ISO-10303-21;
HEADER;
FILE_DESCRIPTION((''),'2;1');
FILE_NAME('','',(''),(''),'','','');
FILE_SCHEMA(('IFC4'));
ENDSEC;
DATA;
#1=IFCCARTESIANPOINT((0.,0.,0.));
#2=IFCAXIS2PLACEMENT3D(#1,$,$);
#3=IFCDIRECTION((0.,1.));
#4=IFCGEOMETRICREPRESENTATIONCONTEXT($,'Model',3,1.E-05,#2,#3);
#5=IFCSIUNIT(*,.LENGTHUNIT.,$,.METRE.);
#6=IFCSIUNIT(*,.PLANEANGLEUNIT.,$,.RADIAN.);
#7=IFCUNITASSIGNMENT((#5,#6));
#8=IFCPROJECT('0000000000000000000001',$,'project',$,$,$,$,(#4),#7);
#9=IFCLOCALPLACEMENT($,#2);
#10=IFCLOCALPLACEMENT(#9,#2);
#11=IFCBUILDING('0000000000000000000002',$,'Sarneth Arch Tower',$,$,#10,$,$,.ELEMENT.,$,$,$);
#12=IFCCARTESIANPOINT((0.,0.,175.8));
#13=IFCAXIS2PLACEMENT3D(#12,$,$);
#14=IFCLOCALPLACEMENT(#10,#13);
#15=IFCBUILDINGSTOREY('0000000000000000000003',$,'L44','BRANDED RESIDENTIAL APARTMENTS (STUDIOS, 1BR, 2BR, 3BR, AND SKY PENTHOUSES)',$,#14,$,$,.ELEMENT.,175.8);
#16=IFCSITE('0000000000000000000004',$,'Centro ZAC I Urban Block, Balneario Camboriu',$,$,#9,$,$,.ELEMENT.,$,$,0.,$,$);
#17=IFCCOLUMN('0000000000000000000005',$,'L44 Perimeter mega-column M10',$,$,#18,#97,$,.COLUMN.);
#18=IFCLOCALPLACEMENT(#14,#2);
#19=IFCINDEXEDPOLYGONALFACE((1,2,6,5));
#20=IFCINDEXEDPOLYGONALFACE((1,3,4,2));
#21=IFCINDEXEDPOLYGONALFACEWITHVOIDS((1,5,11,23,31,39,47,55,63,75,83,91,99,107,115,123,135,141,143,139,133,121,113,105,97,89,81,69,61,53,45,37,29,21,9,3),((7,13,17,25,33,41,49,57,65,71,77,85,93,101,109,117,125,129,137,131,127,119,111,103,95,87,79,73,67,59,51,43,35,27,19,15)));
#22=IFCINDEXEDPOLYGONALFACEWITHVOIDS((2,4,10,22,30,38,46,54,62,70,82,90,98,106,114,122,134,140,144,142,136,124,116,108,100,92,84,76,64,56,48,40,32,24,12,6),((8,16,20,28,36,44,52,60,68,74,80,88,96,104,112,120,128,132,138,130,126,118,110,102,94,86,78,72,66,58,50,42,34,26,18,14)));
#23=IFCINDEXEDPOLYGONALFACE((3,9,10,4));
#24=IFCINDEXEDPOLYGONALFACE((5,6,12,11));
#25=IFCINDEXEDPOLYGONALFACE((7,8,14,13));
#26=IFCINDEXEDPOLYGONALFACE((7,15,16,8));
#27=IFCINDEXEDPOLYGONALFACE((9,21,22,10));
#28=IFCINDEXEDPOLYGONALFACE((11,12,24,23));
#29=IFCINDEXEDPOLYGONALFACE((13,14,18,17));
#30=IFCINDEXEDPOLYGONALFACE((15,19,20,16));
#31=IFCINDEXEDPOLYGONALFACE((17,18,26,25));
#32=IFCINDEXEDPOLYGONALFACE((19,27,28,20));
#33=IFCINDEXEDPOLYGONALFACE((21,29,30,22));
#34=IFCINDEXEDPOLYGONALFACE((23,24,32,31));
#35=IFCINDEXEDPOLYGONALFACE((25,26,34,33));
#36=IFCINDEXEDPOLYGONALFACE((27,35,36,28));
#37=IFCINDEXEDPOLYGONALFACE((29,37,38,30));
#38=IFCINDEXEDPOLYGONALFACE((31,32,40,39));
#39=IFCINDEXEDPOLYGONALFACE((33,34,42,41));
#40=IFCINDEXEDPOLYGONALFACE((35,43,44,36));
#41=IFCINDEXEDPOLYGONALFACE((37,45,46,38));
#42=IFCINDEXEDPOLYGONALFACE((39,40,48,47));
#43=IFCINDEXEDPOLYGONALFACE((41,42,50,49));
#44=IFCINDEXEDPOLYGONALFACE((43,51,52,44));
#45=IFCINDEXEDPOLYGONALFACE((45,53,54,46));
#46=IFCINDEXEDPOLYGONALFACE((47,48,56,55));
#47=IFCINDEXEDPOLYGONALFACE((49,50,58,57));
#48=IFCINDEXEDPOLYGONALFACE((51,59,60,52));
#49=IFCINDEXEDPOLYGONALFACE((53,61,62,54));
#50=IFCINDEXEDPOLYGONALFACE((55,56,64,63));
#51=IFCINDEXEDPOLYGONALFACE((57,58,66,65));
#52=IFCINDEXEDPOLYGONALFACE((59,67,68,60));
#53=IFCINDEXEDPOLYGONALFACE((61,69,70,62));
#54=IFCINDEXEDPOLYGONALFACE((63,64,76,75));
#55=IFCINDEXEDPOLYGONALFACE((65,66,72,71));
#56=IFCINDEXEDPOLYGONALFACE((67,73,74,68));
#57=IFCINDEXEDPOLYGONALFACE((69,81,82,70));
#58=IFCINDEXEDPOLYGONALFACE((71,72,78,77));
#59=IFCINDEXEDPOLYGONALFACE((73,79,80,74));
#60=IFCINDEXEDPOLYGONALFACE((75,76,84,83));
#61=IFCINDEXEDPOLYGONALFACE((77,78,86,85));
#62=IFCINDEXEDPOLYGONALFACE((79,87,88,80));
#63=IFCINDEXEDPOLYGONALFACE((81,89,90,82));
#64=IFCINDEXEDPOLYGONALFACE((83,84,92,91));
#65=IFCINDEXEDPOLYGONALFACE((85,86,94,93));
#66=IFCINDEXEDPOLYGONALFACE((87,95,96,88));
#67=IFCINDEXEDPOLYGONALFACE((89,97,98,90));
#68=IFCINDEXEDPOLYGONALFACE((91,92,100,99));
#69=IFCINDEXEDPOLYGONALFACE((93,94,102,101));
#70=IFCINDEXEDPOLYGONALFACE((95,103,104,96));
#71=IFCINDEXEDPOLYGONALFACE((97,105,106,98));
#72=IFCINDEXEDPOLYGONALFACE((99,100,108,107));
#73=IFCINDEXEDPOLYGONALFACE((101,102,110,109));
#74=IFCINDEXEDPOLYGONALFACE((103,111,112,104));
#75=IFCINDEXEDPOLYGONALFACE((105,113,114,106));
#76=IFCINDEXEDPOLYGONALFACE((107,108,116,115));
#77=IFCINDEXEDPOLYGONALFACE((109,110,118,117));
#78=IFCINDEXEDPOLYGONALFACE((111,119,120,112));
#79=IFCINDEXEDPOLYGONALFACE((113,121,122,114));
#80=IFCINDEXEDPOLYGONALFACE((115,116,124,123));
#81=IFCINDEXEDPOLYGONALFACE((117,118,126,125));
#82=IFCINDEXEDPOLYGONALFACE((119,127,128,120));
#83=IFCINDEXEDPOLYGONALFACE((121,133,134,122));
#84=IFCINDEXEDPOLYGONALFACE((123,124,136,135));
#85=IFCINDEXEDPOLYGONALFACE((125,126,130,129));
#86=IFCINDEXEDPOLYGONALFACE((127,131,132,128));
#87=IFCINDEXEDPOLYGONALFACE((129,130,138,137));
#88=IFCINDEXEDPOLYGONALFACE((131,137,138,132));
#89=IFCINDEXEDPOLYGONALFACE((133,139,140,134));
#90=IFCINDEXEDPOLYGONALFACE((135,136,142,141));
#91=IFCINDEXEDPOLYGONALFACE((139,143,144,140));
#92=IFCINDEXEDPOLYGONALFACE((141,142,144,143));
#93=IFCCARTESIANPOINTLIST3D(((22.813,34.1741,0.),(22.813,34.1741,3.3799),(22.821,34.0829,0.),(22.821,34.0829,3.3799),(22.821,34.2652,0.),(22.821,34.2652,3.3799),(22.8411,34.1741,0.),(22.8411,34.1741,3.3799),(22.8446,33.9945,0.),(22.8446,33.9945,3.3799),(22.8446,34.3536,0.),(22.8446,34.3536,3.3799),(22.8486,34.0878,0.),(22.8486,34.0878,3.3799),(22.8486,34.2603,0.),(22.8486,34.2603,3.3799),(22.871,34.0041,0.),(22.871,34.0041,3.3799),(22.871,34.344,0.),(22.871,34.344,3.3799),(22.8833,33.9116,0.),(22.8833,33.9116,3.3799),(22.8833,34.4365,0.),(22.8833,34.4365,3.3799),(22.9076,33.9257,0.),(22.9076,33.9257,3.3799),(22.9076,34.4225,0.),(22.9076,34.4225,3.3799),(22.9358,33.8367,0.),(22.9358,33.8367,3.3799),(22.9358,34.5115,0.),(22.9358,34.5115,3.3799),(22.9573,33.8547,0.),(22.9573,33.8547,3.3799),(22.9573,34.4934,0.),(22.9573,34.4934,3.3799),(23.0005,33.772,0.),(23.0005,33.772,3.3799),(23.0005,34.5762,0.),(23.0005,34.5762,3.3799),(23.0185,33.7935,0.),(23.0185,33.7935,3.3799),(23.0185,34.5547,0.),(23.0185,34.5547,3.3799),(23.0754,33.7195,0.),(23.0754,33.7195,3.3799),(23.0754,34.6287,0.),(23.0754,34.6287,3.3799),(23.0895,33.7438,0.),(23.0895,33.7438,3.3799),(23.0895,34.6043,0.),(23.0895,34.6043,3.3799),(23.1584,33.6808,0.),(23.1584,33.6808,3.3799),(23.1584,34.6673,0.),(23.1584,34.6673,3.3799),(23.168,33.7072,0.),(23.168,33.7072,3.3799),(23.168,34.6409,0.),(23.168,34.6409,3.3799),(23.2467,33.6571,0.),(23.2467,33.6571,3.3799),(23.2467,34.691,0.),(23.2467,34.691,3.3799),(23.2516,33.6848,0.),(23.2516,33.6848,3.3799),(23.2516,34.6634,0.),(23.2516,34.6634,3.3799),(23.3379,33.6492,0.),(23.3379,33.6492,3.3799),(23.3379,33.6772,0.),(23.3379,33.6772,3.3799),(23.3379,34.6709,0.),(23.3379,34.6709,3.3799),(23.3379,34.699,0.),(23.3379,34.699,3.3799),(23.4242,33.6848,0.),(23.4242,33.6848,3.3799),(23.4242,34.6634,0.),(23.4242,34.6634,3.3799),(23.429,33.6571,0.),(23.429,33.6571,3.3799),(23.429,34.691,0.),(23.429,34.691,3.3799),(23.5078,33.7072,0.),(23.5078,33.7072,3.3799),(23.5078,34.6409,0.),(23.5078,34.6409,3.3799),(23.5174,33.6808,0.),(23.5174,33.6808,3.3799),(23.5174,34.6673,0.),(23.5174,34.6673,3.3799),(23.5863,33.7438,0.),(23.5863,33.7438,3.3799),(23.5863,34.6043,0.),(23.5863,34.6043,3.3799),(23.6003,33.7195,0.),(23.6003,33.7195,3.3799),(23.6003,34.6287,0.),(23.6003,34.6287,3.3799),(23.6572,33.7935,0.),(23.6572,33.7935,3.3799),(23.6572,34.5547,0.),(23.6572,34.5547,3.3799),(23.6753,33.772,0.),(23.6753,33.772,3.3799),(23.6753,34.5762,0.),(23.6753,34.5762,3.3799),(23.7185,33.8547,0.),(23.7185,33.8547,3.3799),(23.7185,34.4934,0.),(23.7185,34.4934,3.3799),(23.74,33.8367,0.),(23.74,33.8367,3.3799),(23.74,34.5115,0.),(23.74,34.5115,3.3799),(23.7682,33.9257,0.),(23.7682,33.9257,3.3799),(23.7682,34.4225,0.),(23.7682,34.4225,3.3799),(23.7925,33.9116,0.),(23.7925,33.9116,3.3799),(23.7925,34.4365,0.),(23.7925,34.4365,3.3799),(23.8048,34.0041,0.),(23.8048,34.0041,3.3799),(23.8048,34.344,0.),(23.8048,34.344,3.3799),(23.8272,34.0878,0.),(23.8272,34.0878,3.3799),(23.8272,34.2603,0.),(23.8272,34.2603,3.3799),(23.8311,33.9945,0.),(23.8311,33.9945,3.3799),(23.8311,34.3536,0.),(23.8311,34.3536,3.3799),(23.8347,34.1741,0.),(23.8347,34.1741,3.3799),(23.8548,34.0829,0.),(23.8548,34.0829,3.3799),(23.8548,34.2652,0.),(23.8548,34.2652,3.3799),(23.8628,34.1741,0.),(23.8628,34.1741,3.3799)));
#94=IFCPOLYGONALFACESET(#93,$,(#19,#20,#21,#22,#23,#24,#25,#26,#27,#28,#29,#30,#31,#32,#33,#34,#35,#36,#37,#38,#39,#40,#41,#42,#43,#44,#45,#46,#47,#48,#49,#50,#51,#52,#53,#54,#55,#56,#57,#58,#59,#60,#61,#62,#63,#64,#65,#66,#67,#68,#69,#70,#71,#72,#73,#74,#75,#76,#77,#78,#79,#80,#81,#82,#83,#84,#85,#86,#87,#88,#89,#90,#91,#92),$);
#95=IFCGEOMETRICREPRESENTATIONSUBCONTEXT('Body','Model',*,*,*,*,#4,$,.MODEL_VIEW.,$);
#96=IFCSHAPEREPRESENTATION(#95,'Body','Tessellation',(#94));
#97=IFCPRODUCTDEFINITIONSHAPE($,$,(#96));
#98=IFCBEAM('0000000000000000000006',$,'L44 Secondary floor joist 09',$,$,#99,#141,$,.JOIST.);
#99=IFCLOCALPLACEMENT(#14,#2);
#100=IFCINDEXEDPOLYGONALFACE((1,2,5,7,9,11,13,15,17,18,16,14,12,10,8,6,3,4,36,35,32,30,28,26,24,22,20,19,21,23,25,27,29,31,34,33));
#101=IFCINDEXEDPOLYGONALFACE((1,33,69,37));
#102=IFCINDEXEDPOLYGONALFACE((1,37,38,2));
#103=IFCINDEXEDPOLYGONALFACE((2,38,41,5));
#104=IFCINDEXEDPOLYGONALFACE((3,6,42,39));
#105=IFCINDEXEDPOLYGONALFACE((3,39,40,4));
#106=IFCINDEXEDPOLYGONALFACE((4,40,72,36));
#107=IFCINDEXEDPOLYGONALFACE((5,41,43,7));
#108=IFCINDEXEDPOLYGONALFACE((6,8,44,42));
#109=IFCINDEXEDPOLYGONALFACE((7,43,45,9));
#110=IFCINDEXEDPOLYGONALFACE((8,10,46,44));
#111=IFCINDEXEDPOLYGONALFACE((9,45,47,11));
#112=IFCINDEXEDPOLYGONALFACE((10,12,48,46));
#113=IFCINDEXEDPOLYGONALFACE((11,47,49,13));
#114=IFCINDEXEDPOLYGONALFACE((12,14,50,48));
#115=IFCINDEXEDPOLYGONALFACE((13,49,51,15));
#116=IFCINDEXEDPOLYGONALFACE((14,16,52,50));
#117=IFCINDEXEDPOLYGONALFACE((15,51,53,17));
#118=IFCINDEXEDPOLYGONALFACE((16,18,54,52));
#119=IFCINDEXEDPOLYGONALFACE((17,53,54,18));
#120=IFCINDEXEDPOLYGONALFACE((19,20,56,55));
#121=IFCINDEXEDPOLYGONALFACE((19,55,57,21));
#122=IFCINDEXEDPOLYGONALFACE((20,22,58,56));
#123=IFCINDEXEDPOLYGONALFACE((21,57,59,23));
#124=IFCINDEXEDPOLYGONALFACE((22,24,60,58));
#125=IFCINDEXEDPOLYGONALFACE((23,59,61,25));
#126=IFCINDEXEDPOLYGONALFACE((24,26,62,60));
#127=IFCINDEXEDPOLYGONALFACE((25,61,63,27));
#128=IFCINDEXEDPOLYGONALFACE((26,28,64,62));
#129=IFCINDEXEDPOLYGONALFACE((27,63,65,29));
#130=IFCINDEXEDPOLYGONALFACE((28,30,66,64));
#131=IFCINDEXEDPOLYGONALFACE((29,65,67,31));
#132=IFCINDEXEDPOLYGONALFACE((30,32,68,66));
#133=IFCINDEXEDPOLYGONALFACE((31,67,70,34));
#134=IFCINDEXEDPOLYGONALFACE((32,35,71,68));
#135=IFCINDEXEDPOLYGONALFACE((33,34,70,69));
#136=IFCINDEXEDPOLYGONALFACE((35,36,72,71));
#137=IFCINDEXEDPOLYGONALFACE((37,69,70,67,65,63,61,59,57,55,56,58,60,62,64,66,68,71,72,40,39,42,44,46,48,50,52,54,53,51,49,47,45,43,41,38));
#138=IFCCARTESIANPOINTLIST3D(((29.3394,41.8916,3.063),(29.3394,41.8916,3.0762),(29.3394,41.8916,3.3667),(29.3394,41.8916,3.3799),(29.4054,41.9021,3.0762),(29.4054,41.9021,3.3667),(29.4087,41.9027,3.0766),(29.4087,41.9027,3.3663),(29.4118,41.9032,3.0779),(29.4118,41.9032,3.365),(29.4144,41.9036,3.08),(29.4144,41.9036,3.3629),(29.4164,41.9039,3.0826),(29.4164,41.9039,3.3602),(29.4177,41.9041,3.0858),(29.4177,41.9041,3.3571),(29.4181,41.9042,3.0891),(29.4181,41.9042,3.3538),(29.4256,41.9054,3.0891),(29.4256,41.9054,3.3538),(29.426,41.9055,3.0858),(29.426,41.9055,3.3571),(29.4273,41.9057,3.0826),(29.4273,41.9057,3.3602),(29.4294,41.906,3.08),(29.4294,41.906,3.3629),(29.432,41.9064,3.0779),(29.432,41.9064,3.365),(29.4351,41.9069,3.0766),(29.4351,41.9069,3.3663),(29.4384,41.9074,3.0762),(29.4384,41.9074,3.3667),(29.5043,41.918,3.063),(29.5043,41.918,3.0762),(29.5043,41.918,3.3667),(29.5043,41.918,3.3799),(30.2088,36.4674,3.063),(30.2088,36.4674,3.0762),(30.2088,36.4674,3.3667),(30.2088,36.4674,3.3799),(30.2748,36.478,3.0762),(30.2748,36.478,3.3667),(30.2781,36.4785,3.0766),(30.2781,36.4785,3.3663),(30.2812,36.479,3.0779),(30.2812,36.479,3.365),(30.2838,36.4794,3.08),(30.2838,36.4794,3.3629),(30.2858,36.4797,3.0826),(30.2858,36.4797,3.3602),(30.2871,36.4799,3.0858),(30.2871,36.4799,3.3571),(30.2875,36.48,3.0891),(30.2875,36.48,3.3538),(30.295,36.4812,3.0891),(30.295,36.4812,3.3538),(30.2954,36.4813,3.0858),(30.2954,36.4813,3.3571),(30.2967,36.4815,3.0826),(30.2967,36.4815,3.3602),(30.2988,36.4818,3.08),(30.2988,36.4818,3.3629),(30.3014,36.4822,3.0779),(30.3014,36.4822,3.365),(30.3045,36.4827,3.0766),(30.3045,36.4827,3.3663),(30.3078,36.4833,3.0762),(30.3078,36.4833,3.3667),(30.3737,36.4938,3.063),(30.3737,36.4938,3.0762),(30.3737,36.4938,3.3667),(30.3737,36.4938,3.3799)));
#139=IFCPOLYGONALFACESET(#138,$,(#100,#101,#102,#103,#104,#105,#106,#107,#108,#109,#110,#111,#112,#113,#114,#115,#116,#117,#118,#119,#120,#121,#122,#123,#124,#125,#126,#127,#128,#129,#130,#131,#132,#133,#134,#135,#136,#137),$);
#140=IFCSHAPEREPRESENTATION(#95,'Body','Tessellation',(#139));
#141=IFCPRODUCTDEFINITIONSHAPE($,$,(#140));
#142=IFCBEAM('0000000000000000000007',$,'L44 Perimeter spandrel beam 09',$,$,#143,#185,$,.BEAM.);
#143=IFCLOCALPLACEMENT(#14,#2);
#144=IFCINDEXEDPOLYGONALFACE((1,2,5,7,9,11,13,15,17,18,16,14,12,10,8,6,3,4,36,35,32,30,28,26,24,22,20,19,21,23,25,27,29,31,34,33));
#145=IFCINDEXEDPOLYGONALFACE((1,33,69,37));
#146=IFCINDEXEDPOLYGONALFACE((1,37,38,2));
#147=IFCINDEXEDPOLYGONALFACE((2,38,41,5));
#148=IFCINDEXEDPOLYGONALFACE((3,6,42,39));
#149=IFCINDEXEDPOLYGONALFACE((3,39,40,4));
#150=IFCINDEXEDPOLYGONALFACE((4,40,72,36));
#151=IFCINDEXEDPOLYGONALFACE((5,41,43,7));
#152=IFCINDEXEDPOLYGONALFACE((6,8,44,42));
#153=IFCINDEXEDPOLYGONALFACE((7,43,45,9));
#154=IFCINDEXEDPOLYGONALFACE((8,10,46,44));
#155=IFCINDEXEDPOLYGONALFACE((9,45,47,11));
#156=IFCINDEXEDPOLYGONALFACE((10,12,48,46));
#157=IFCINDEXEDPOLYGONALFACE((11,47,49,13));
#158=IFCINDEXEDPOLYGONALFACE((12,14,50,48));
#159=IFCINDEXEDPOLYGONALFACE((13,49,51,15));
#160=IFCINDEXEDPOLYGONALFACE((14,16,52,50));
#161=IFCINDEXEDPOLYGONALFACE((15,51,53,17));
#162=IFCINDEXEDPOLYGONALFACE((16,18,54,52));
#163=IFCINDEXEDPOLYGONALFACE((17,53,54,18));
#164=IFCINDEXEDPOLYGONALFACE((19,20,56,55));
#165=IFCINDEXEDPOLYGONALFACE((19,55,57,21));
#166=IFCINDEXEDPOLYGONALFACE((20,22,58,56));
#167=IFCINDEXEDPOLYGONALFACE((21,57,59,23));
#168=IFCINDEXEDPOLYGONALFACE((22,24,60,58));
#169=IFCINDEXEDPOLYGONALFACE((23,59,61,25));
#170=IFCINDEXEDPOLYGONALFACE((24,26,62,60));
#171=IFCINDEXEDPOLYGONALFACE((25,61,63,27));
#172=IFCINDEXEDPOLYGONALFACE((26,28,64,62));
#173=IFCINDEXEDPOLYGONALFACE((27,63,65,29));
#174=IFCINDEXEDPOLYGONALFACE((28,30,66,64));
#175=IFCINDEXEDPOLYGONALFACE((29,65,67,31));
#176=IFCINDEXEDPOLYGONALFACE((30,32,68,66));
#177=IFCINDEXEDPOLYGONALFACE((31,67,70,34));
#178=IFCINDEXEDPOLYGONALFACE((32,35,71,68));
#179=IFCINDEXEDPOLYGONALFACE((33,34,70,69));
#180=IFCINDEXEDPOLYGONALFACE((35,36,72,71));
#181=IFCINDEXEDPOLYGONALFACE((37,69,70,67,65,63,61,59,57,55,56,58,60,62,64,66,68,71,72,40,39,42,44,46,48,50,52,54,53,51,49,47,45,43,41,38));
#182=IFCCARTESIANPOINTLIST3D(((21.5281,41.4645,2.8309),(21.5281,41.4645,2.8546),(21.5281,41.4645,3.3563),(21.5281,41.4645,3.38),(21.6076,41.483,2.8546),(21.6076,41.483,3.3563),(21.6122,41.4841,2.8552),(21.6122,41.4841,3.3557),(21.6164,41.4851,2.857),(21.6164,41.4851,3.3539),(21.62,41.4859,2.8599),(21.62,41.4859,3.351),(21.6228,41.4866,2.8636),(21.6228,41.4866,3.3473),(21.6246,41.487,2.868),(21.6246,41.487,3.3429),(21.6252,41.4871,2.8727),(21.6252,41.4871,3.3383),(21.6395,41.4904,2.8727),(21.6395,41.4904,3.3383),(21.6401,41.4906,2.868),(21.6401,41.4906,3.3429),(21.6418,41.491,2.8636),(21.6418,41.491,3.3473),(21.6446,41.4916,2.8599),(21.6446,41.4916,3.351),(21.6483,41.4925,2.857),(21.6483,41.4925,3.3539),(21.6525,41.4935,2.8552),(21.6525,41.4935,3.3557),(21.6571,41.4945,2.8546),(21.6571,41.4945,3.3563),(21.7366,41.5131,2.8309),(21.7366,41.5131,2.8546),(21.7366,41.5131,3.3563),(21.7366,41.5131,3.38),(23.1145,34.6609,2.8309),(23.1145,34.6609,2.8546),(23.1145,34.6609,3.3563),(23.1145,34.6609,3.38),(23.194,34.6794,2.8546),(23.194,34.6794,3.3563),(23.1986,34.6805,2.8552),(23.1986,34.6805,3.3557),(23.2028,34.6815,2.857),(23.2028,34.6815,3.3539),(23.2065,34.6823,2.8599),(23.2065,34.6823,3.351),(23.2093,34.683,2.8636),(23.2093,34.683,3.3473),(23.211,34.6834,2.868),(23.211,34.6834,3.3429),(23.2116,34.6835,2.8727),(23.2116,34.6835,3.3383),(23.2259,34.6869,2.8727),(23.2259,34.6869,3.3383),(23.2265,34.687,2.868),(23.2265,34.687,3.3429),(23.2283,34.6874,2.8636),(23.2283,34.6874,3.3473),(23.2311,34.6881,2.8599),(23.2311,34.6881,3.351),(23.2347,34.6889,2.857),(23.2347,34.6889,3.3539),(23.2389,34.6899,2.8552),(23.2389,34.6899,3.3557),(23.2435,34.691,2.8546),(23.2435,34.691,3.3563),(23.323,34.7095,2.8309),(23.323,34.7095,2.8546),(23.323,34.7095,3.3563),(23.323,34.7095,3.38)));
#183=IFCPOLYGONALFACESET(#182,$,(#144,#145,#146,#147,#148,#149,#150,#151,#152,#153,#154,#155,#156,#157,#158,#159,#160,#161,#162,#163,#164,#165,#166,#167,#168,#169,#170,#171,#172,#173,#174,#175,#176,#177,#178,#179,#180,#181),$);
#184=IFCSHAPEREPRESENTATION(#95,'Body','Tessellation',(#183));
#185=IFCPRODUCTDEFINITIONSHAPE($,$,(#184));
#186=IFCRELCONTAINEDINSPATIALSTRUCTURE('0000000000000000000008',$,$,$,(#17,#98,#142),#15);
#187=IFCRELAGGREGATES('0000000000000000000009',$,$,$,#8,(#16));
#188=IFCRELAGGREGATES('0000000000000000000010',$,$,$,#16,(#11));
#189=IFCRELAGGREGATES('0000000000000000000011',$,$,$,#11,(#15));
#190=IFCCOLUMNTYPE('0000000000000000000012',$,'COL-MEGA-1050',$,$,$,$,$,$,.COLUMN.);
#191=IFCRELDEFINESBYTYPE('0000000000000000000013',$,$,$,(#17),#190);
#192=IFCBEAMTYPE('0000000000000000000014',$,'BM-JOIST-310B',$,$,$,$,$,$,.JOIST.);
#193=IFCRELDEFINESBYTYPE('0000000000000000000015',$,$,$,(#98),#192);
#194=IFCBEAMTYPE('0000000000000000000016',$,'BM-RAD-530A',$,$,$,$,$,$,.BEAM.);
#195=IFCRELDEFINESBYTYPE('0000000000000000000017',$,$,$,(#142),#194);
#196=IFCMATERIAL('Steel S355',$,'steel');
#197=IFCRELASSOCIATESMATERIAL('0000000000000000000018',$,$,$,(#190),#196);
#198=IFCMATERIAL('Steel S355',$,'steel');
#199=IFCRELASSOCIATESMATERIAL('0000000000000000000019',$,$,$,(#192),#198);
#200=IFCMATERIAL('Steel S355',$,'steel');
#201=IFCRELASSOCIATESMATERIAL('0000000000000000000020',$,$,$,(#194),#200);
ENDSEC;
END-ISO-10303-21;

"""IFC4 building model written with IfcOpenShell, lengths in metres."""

from ifc_helpers import new_model, si_unit, direction, frame, origin, origin_2d, place, context, subcontext, project, spatial, hollow_circle, i_section, extrude, material, material_profile, profile_set, type_object, element, save


model = new_model("IFC4")

# Units and contexts
model_context = context("Model", 3, precision=1e-05, world=origin(), true_north=direction((0.0, 1.0)))
body_context = subcontext(model_context, "Body", "Model", "MODEL_VIEW")
ifc_project = project(units=[si_unit("LENGTHUNIT", "METRE"), si_unit("PLANEANGLEUNIT", "RADIAN")], contexts=[model_context])

# Site, building, storey
site_placement = place(None, origin())
site = spatial("IfcSite", under=ifc_project, at=site_placement, Name="Centro ZAC I Urban Block, Balneario Camboriu", CompositionType="ELEMENT", RefElevation=0.0)
building_placement = place(site_placement, origin())
building = spatial("IfcBuilding", under=site, at=building_placement, Name="Sarneth Arch Tower", CompositionType="ELEMENT")
storey_placement = place(building_placement, frame((0.0, 0.0, 175.8)))
storey = spatial("IfcBuildingStorey", under=building, at=storey_placement, Name="L44", Description="BRANDED RESIDENTIAL APARTMENTS (STUDIOS, 1BR, 2BR, 3BR, AND SKY PENTHOUSES)", CompositionType="ELEMENT", Elevation=175.8)

# Column
ifc_material_1 = material(Name="Steel S355", Category="steel")
ifc_material_profile_1 = material_profile(ifc_material_1, hollow_circle(Radius=0.5249, WallThickness=0.0281, at=origin_2d()), Name="CHS1050x28")
ifc_profile_set_1 = profile_set([ifc_material_profile_1], Name="Steel S355")
column_type = type_object("IfcColumnType", Name="COL-MEGA-1050", PredefinedType="COLUMN", material=ifc_profile_set_1)
column_placement = place(storey_placement, frame((23.3379, 34.1741, 0.0), z_axis=(0.0, 0.0, 1.0), x_axis=(1.0, 0.0, 0.0)))
element("IfcColumn", 1, at=column_placement, inside=storey, type_object=column_type, Name="L44 Perimeter mega-column M10", PredefinedType="COLUMN", context=body_context, shape_type="SweptSolid", body=[
    extrude(hollow_circle(Radius=0.5249, WallThickness=0.0281, at=origin_2d()), origin(), (0.0, 0.0, 1.0), 3.3799),
])

# Beams
ifc_material_2 = material(Name="Steel S355", Category="steel")
ifc_material_profile_2 = material_profile(ifc_material_2, i_section(OverallWidth=0.167, OverallDepth=0.3169, WebThickness=0.0076, FlangeThickness=0.0132, FilletRadius=0.0129, at=origin_2d()), Name="W310x52")
ifc_profile_set_2 = profile_set([ifc_material_profile_2], Name="Steel S355")
beam_type_1 = type_object("IfcBeamType", Name="BM-JOIST-310B", PredefinedType="JOIST", material=ifc_profile_set_2)
beam_1_placement = place(storey_placement, frame((29.4219, 41.9048, 3.2214), z_axis=(0.158263, -0.987397, 0.0), x_axis=(0.987397, 0.158263, 0.0)))
element("IfcBeam", 2, at=beam_1_placement, inside=storey, type_object=beam_type_1, Name="L44 Secondary floor joist 09", PredefinedType="JOIST", context=body_context, shape_type="SweptSolid", body=[
    extrude(i_section(OverallWidth=0.167, OverallDepth=0.3169, WebThickness=0.0076, FlangeThickness=0.0132, FilletRadius=0.0129, at=origin_2d()), origin(), (0.0, 0.0, 1.0), 5.4934),
])
ifc_material_3 = material(Name="Steel S355", Category="steel")
ifc_material_profile_3 = material_profile(ifc_material_3, i_section(OverallWidth=0.2141, OverallDepth=0.5491, WebThickness=0.0146, FlangeThickness=0.0237, FilletRadius=0.0181, at=origin_2d()), Name="W530x138")
ifc_profile_set_3 = profile_set([ifc_material_profile_3], Name="Steel S355")
beam_type_2 = type_object("IfcBeamType", Name="BM-RAD-530A", PredefinedType="BEAM", material=ifc_profile_set_3)
beam_2_placement = place(storey_placement, frame((21.6323, 41.4888, 3.1055), z_axis=(0.227087, -0.973874, 0.0), x_axis=(0.973874, 0.227087, 0.0)))
element("IfcBeam", 3, at=beam_2_placement, inside=storey, type_object=beam_type_2, Name="L44 Perimeter spandrel beam 09", PredefinedType="BEAM", context=body_context, shape_type="SweptSolid", body=[
    extrude(i_section(OverallWidth=0.2141, OverallDepth=0.5491, WebThickness=0.0146, FlangeThickness=0.0237, FilletRadius=0.0181, at=origin_2d()), origin(), (0.0, 0.0, 1.0), 6.9861),
])

save(model, "model.ifc")
